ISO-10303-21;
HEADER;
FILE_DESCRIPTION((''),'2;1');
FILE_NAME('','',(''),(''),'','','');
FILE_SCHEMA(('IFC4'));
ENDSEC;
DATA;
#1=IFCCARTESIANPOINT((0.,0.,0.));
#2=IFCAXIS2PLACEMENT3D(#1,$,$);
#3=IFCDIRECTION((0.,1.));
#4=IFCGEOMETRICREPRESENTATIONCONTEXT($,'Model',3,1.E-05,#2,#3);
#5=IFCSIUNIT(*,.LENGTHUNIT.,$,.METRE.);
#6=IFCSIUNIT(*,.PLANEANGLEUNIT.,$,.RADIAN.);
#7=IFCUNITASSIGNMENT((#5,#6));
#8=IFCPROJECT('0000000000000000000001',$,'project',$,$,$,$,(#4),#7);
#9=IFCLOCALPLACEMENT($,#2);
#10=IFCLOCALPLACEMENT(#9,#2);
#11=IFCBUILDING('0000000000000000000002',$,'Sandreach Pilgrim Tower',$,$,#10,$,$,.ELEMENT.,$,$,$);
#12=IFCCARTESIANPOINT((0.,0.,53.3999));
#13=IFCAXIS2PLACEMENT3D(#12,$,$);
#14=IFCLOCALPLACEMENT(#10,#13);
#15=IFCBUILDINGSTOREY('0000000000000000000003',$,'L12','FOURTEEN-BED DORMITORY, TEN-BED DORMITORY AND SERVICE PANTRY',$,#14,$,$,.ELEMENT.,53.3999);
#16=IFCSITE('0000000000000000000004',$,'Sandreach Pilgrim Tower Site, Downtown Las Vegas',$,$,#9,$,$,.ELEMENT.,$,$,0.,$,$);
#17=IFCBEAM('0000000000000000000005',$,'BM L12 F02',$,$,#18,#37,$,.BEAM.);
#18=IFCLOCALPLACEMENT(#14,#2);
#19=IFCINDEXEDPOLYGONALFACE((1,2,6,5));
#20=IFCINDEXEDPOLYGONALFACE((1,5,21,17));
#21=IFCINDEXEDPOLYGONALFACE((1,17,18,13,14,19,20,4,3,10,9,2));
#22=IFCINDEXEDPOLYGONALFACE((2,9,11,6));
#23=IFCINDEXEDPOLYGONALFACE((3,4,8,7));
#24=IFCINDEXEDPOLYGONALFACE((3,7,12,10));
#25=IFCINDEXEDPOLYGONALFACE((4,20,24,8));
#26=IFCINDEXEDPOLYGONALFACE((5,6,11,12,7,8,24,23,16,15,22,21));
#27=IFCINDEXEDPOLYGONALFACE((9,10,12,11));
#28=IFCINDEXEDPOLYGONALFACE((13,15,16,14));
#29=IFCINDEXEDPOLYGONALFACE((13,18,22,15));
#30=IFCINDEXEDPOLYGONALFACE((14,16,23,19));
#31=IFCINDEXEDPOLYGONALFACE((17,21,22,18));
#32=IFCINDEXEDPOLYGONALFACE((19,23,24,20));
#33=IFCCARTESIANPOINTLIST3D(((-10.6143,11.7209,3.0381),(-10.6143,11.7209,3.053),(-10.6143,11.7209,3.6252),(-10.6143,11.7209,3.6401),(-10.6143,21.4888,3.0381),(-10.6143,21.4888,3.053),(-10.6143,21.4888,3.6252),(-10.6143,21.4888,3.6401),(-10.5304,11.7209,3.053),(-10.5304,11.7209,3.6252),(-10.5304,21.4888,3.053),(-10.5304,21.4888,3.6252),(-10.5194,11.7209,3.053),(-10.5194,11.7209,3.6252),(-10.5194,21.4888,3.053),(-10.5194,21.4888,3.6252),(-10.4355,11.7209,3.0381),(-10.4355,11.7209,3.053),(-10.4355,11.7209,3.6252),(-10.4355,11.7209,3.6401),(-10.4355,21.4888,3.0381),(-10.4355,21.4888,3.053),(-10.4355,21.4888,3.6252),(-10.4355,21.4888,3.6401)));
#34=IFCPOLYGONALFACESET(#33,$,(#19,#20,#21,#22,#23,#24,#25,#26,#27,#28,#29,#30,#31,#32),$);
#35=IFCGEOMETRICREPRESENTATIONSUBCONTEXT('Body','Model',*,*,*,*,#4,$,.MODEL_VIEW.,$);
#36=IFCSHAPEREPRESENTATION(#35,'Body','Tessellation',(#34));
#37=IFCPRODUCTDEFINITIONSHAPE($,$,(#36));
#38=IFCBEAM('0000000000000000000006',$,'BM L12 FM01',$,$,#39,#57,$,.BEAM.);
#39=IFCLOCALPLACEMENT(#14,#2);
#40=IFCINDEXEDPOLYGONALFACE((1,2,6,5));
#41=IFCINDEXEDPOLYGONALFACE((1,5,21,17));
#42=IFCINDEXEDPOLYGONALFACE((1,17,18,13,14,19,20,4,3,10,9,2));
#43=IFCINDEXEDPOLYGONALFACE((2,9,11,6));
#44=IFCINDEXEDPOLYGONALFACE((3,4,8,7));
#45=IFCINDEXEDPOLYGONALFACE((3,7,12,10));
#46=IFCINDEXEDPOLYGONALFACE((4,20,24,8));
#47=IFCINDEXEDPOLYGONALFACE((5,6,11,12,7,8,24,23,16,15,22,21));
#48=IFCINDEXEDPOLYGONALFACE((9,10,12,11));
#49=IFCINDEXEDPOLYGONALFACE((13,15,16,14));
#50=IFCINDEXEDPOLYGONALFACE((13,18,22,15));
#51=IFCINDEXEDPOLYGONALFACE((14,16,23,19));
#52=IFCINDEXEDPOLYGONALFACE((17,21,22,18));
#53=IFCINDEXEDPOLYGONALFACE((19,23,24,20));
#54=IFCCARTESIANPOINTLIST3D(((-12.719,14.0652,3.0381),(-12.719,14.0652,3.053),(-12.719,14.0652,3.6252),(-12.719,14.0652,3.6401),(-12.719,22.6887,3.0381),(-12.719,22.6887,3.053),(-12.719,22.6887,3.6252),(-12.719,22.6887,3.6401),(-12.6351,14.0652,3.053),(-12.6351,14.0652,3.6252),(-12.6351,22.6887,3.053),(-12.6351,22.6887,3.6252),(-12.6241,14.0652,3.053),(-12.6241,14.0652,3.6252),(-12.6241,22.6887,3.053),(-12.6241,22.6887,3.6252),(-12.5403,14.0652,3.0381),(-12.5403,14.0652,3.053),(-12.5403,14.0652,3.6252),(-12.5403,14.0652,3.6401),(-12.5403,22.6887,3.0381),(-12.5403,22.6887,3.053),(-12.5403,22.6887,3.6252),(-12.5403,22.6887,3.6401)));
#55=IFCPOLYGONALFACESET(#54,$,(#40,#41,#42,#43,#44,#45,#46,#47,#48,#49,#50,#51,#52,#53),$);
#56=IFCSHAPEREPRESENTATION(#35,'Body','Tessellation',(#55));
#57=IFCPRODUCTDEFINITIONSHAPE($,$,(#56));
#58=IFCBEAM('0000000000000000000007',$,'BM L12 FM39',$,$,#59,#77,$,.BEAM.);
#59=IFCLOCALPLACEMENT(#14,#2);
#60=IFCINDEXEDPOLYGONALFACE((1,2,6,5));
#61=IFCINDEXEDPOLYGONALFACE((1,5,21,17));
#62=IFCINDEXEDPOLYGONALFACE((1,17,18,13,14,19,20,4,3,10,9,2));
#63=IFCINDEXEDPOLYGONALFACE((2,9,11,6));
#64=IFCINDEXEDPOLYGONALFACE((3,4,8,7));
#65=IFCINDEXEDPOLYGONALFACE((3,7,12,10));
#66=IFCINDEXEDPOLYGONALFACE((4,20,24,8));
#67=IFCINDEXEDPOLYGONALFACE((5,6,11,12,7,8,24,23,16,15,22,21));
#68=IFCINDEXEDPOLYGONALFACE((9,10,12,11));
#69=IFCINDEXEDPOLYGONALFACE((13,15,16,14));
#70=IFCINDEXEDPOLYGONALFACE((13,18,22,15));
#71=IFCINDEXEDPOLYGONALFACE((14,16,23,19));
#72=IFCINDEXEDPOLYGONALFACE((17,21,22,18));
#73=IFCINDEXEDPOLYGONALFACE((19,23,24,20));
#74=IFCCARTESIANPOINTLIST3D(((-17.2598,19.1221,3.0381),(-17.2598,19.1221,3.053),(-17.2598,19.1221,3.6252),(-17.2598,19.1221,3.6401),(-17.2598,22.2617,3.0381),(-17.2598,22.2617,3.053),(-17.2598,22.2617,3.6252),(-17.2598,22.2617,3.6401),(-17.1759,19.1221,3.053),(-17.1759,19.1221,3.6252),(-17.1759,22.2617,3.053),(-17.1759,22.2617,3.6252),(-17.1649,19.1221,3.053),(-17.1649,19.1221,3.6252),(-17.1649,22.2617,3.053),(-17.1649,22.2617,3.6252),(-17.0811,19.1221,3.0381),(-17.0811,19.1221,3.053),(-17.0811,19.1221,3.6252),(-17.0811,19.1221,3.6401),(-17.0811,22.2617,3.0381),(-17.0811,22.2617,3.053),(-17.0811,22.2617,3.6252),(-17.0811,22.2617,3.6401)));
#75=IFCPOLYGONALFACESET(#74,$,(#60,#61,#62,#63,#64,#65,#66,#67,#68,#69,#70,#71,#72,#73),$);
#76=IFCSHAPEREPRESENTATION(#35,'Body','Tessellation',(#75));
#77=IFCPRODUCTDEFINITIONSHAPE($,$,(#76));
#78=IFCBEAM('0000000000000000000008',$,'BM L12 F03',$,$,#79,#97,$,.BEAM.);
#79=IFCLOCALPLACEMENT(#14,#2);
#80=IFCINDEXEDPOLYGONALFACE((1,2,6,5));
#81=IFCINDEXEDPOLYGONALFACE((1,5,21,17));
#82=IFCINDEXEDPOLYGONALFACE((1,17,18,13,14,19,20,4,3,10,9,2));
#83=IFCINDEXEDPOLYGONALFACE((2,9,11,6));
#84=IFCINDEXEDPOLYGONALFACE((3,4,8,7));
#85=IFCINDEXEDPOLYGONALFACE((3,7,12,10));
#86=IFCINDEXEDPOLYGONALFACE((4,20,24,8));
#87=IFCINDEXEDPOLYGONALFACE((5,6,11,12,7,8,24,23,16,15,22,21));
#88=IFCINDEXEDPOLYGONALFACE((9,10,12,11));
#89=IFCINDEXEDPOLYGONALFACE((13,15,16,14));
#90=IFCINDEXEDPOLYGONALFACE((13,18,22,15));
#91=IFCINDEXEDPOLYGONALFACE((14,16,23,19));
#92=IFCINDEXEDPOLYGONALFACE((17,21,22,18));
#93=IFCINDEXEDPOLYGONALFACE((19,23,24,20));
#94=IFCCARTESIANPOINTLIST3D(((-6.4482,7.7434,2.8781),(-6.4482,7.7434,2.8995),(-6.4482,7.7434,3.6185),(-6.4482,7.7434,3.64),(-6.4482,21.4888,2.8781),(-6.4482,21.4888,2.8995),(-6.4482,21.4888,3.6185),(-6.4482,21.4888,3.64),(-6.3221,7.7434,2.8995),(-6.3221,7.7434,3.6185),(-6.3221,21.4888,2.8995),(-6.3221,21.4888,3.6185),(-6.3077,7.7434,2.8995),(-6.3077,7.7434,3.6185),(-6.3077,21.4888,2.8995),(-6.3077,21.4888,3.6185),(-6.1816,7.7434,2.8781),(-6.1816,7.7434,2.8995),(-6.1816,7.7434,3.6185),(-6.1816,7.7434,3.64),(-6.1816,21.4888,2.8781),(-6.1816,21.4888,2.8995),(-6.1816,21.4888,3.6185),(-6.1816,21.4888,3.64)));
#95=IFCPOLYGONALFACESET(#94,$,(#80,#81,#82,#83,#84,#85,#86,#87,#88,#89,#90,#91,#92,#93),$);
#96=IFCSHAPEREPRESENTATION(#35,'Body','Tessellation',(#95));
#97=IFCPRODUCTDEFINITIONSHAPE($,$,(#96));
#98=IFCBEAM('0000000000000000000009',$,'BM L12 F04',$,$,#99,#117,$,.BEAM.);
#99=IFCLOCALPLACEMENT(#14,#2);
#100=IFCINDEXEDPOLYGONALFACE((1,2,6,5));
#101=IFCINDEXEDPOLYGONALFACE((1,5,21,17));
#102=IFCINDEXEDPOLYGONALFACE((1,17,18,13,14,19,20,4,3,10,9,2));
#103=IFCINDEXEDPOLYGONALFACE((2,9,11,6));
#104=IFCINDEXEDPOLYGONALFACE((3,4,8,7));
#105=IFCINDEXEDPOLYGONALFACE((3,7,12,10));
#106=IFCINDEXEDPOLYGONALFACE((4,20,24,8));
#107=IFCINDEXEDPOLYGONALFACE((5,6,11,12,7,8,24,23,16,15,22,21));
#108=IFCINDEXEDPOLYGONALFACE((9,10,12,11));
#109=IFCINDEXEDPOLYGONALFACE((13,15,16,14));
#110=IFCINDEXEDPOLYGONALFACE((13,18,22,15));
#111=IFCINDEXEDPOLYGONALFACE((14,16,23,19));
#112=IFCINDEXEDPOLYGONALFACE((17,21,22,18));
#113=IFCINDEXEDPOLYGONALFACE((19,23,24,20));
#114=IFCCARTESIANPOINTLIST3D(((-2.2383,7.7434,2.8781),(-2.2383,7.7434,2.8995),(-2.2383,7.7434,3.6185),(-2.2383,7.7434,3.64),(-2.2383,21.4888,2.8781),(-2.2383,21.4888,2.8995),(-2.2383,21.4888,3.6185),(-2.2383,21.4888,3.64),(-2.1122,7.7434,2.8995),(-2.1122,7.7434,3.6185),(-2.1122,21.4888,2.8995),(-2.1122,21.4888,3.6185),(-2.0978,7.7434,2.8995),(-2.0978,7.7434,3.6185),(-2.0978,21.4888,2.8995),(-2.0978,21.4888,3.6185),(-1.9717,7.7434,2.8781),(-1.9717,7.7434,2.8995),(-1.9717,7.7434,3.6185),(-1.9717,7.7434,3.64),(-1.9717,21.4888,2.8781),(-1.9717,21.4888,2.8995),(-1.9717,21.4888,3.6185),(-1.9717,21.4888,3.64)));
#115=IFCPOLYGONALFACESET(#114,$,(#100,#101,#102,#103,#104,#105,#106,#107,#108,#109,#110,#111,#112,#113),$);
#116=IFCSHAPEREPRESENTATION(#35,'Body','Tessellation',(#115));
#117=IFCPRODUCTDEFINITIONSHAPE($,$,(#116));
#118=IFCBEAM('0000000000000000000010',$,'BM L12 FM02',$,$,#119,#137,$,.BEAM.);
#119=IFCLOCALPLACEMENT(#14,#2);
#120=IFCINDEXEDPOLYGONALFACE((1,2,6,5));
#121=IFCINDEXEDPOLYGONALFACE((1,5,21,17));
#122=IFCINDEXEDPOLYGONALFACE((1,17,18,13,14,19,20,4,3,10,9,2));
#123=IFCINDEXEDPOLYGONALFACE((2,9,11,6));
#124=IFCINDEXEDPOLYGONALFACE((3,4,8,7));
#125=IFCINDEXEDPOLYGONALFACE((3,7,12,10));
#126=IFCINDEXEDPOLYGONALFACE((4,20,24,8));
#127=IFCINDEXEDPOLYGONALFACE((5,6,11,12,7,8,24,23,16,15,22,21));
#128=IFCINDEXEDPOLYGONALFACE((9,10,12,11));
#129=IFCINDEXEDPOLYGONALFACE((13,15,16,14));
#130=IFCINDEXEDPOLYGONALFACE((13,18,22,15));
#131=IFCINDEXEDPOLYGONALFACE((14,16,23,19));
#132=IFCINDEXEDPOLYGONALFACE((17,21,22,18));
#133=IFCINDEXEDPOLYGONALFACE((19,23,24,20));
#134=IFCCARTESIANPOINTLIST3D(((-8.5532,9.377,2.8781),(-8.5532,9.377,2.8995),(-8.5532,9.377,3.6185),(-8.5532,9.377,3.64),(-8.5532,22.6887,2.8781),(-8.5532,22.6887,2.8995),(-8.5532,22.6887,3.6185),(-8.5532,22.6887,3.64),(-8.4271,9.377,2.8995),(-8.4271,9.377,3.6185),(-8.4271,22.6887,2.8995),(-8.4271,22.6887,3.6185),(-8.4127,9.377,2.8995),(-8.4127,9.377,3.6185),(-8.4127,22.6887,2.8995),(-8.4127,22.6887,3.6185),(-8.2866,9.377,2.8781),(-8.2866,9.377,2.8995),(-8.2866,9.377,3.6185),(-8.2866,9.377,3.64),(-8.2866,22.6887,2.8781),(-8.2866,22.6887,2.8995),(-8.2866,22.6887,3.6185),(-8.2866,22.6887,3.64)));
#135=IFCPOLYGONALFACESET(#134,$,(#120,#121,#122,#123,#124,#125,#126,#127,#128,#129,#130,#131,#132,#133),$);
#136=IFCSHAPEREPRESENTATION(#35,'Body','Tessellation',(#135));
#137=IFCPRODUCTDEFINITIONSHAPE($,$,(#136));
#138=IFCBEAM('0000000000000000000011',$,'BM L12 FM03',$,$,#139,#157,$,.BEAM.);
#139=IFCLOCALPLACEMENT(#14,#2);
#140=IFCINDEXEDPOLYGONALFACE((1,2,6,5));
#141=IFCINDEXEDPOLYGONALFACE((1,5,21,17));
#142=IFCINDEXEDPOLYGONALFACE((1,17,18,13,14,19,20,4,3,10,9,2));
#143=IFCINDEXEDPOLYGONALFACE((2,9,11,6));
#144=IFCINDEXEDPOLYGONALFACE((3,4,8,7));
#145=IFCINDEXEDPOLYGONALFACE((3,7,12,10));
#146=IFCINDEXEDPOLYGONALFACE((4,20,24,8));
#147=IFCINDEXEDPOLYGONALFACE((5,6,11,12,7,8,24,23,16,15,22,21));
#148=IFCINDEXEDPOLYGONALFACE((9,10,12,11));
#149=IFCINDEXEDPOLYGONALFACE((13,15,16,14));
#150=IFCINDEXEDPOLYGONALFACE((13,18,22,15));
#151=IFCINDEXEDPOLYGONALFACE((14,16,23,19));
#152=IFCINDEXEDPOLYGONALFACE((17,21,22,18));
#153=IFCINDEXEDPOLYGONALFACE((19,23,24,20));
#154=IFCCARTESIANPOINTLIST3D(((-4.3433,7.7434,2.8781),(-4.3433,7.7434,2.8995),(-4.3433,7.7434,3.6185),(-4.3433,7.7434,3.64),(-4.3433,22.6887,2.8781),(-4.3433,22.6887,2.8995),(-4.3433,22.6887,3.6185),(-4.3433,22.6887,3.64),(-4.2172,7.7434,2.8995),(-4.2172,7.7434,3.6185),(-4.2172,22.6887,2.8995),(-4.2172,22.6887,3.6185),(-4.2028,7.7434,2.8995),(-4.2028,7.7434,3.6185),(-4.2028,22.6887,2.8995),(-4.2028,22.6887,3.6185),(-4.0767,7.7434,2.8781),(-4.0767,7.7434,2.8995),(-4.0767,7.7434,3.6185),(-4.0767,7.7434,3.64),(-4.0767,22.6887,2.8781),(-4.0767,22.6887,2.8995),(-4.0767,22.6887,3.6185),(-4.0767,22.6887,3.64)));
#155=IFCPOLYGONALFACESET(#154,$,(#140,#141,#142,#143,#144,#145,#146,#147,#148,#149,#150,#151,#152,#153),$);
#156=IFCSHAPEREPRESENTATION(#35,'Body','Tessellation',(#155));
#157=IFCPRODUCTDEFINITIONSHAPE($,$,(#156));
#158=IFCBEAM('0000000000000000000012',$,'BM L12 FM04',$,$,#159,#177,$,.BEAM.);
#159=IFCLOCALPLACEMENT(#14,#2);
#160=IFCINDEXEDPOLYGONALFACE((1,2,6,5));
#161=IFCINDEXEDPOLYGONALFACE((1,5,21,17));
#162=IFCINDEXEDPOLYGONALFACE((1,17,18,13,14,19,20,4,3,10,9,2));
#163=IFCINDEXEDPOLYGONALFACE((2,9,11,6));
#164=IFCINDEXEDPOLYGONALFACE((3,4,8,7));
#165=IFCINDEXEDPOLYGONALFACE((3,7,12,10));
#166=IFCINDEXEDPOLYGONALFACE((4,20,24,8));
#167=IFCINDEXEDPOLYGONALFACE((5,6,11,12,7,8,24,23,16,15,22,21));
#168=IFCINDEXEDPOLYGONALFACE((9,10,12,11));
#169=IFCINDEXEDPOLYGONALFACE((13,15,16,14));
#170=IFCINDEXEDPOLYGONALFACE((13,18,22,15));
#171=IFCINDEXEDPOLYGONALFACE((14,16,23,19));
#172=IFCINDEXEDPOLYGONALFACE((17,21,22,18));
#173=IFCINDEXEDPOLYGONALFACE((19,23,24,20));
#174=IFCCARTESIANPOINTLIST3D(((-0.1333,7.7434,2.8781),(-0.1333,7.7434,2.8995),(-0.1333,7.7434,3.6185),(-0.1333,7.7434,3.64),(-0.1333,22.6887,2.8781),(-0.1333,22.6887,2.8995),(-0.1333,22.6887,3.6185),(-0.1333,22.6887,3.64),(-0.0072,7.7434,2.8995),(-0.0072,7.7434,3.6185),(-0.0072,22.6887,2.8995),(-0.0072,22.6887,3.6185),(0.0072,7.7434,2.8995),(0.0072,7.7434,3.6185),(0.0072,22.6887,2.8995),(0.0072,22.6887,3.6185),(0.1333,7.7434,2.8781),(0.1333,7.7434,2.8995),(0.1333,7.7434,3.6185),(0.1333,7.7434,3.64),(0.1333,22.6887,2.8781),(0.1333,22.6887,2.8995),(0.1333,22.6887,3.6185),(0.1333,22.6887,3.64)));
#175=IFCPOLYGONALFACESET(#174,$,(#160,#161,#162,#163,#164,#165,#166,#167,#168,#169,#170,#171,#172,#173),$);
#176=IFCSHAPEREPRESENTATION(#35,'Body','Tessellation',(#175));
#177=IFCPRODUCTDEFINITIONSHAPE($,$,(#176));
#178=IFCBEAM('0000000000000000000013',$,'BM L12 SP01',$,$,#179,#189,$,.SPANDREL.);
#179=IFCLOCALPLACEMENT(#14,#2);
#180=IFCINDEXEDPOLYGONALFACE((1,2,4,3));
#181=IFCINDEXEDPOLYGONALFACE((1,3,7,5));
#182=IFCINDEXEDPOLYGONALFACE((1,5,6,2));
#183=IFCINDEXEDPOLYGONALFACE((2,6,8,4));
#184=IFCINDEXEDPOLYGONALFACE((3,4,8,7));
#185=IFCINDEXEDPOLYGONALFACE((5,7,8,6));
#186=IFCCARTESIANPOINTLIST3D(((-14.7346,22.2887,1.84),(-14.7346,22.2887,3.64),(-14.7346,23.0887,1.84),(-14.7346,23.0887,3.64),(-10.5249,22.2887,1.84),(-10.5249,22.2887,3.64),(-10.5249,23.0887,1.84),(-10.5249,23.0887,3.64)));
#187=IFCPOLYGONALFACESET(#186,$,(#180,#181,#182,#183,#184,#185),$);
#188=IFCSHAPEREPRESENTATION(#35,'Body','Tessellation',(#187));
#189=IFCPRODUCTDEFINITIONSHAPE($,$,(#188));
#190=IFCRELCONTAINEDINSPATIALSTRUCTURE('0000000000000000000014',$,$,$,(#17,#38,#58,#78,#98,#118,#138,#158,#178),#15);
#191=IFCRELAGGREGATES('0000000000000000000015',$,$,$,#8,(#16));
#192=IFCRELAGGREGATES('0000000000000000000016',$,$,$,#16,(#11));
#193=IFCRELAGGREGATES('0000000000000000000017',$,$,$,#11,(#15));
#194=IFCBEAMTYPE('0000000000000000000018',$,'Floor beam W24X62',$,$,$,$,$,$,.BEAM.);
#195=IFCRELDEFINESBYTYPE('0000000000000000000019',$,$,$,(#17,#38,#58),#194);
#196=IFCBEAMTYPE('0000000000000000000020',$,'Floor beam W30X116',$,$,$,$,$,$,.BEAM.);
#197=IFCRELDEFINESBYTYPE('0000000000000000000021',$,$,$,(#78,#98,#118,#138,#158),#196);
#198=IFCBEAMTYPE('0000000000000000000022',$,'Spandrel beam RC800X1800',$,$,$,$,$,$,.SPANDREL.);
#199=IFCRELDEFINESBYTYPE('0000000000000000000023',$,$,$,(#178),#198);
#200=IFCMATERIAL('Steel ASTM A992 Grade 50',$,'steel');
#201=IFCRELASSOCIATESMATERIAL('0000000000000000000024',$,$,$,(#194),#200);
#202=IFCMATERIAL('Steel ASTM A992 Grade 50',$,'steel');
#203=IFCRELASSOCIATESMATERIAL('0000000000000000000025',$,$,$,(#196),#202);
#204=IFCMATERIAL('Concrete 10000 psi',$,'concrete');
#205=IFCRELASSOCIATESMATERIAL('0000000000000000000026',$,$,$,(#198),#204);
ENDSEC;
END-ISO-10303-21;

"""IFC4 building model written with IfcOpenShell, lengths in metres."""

from ifc_helpers import new_model, si_unit, direction, frame, origin, origin_2d, place, context, subcontext, project, spatial, rectangle, i_section, extrude, material, material_profile, profile_set, type_object, element, save


model = new_model("IFC4")

# Units and contexts
model_context = context("Model", 3, precision=1e-05, world=origin(), true_north=direction((0.0, 1.0)))
body_context = subcontext(model_context, "Body", "Model", "MODEL_VIEW")
ifc_project = project(units=[si_unit("LENGTHUNIT", "METRE"), si_unit("PLANEANGLEUNIT", "RADIAN")], contexts=[model_context])

# Site, building, storey
site_placement = place(None, origin())
site = spatial("IfcSite", under=ifc_project, at=site_placement, Name="Sandreach Pilgrim Tower Site, Downtown Las Vegas", CompositionType="ELEMENT", RefElevation=0.0)
building_placement = place(site_placement, origin())
building = spatial("IfcBuilding", under=site, at=building_placement, Name="Sandreach Pilgrim Tower", CompositionType="ELEMENT")
storey_placement = place(building_placement, frame((0.0, 0.0, 53.3999)))
storey = spatial("IfcBuildingStorey", under=building, at=storey_placement, Name="L12", Description="FOURTEEN-BED DORMITORY, TEN-BED DORMITORY AND SERVICE PANTRY", CompositionType="ELEMENT", Elevation=53.3999)

# Beams
ifc_material_1 = material(Name="Steel ASTM A992 Grade 50", Category="steel")
ifc_material_profile_1 = material_profile(ifc_material_1, i_section(OverallWidth=0.1787, OverallDepth=0.6021, WebThickness=0.011, FlangeThickness=0.0149, at=origin_2d()), Name="W24X62")
ifc_profile_set_1 = profile_set([ifc_material_profile_1], Name="Steel ASTM A992 Grade 50")
beam_type_1 = type_object("IfcBeamType", Name="Floor beam W24X62", PredefinedType="BEAM", material=ifc_profile_set_1)
beam_1_placement = place(storey_placement, frame((-10.5249, 21.4888, 3.3391), z_axis=(0.0, -1.0, 0.0), x_axis=(1.0, 0.0, 0.0)))
element("IfcBeam", 1, at=beam_1_placement, inside=storey, type_object=beam_type_1, Name="BM L12 F02", PredefinedType="BEAM", context=body_context, shape_type="SweptSolid", body=[
    extrude(i_section(OverallWidth=0.1787, OverallDepth=0.6021, WebThickness=0.011, FlangeThickness=0.0149, at=origin_2d()), origin(), (0.0, 0.0, 1.0), 9.7678),
])
beam_2_placement = place(storey_placement, frame((-12.6296, 22.6887, 3.3391), z_axis=(0.0, -1.0, 0.0), x_axis=(1.0, 0.0, 0.0)))
element("IfcBeam", 2, at=beam_2_placement, inside=storey, type_object=beam_type_1, Name="BM L12 FM01", PredefinedType="BEAM", context=body_context, shape_type="SweptSolid", body=[
    extrude(i_section(OverallWidth=0.1787, OverallDepth=0.6021, WebThickness=0.011, FlangeThickness=0.0149, at=origin_2d()), origin(), (0.0, 0.0, 1.0), 8.6235),
])
beam_3_placement = place(storey_placement, frame((-17.1704, 22.2617, 3.3391), z_axis=(0.0, -1.0, 0.0), x_axis=(1.0, 0.0, 0.0)))
element("IfcBeam", 3, at=beam_3_placement, inside=storey, type_object=beam_type_1, Name="BM L12 FM39", PredefinedType="BEAM", context=body_context, shape_type="SweptSolid", body=[
    extrude(i_section(OverallWidth=0.1787, OverallDepth=0.6021, WebThickness=0.011, FlangeThickness=0.0149, at=origin_2d()), origin(), (0.0, 0.0, 1.0), 3.1396),
])
ifc_material_2 = material(Name="Steel ASTM A992 Grade 50", Category="steel")
ifc_material_profile_2 = material_profile(ifc_material_2, i_section(OverallWidth=0.2666, OverallDepth=0.762, WebThickness=0.0144, FlangeThickness=0.0215, at=origin_2d()), Name="W30X116")
ifc_profile_set_2 = profile_set([ifc_material_profile_2], Name="Steel ASTM A992 Grade 50")
beam_type_2 = type_object("IfcBeamType", Name="Floor beam W30X116", PredefinedType="BEAM", material=ifc_profile_set_2)
for number, where, z_axis, x_axis, name in (
    (4, (-6.3149, 21.4888, 3.259), (0.0, -1.0, 0.0), (1.0, 0.0, 0.0), "BM L12 F03"),
    (5, (-2.105, 21.4888, 3.259), (0.0, -1.0, 0.0), (1.0, 0.0, 0.0), "BM L12 F04"),
):
    element("IfcBeam", number, at=place(storey_placement, frame(where, z_axis=z_axis, x_axis=x_axis)), inside=storey, type_object=beam_type_2, Name=name, PredefinedType="BEAM", context=body_context, shape_type="SweptSolid", body=[
        extrude(i_section(OverallWidth=0.2666, OverallDepth=0.762, WebThickness=0.0144, FlangeThickness=0.0215, at=origin_2d()), origin(), (0.0, 0.0, 1.0), 13.7454),
    ])
beam_4_placement = place(storey_placement, frame((-8.4199, 22.6887, 3.259), z_axis=(0.0, -1.0, 0.0), x_axis=(1.0, 0.0, 0.0)))
element("IfcBeam", 6, at=beam_4_placement, inside=storey, type_object=beam_type_2, Name="BM L12 FM02", PredefinedType="BEAM", context=body_context, shape_type="SweptSolid", body=[
    extrude(i_section(OverallWidth=0.2666, OverallDepth=0.762, WebThickness=0.0144, FlangeThickness=0.0215, at=origin_2d()), origin(), (0.0, 0.0, 1.0), 13.3118),
])
for number, where, z_axis, x_axis, name in (
    (7, (-4.21, 22.6887, 3.259), (0.0, -1.0, 0.0), (1.0, 0.0, 0.0), "BM L12 FM03"),
    (8, (0.0, 22.6887, 3.259), (0.0, -1.0, 0.0), (1.0, 0.0, 0.0), "BM L12 FM04"),
):
    element("IfcBeam", number, at=place(storey_placement, frame(where, z_axis=z_axis, x_axis=x_axis)), inside=storey, type_object=beam_type_2, Name=name, PredefinedType="BEAM", context=body_context, shape_type="SweptSolid", body=[
        extrude(i_section(OverallWidth=0.2666, OverallDepth=0.762, WebThickness=0.0144, FlangeThickness=0.0215, at=origin_2d()), origin(), (0.0, 0.0, 1.0), 14.9453),
    ])
ifc_material_3 = material(Name="Concrete 10000 psi", Category="concrete")
ifc_material_profile_3 = material_profile(ifc_material_3, rectangle(XDim=0.8, YDim=1.8, at=origin_2d()), Name="RC800X1800")
ifc_profile_set_3 = profile_set([ifc_material_profile_3], Name="Concrete 10000 psi")
beam_type_3 = type_object("IfcBeamType", Name="Spandrel beam RC800X1800", PredefinedType="SPANDREL", material=ifc_profile_set_3)
beam_5_placement = place(storey_placement, frame((-14.7346, 22.6887, 2.74), z_axis=(1.0, 0.0, 0.0), x_axis=(0.0, 1.0, 0.0)))
element("IfcBeam", 9, at=beam_5_placement, inside=storey, type_object=beam_type_3, Name="BM L12 SP01", PredefinedType="SPANDREL", context=body_context, shape_type="SweptSolid", body=[
    extrude(rectangle(XDim=0.8, YDim=1.8, at=origin_2d()), origin(), (0.0, 0.0, 1.0), 4.2097),
])

save(model, "model.ifc")
